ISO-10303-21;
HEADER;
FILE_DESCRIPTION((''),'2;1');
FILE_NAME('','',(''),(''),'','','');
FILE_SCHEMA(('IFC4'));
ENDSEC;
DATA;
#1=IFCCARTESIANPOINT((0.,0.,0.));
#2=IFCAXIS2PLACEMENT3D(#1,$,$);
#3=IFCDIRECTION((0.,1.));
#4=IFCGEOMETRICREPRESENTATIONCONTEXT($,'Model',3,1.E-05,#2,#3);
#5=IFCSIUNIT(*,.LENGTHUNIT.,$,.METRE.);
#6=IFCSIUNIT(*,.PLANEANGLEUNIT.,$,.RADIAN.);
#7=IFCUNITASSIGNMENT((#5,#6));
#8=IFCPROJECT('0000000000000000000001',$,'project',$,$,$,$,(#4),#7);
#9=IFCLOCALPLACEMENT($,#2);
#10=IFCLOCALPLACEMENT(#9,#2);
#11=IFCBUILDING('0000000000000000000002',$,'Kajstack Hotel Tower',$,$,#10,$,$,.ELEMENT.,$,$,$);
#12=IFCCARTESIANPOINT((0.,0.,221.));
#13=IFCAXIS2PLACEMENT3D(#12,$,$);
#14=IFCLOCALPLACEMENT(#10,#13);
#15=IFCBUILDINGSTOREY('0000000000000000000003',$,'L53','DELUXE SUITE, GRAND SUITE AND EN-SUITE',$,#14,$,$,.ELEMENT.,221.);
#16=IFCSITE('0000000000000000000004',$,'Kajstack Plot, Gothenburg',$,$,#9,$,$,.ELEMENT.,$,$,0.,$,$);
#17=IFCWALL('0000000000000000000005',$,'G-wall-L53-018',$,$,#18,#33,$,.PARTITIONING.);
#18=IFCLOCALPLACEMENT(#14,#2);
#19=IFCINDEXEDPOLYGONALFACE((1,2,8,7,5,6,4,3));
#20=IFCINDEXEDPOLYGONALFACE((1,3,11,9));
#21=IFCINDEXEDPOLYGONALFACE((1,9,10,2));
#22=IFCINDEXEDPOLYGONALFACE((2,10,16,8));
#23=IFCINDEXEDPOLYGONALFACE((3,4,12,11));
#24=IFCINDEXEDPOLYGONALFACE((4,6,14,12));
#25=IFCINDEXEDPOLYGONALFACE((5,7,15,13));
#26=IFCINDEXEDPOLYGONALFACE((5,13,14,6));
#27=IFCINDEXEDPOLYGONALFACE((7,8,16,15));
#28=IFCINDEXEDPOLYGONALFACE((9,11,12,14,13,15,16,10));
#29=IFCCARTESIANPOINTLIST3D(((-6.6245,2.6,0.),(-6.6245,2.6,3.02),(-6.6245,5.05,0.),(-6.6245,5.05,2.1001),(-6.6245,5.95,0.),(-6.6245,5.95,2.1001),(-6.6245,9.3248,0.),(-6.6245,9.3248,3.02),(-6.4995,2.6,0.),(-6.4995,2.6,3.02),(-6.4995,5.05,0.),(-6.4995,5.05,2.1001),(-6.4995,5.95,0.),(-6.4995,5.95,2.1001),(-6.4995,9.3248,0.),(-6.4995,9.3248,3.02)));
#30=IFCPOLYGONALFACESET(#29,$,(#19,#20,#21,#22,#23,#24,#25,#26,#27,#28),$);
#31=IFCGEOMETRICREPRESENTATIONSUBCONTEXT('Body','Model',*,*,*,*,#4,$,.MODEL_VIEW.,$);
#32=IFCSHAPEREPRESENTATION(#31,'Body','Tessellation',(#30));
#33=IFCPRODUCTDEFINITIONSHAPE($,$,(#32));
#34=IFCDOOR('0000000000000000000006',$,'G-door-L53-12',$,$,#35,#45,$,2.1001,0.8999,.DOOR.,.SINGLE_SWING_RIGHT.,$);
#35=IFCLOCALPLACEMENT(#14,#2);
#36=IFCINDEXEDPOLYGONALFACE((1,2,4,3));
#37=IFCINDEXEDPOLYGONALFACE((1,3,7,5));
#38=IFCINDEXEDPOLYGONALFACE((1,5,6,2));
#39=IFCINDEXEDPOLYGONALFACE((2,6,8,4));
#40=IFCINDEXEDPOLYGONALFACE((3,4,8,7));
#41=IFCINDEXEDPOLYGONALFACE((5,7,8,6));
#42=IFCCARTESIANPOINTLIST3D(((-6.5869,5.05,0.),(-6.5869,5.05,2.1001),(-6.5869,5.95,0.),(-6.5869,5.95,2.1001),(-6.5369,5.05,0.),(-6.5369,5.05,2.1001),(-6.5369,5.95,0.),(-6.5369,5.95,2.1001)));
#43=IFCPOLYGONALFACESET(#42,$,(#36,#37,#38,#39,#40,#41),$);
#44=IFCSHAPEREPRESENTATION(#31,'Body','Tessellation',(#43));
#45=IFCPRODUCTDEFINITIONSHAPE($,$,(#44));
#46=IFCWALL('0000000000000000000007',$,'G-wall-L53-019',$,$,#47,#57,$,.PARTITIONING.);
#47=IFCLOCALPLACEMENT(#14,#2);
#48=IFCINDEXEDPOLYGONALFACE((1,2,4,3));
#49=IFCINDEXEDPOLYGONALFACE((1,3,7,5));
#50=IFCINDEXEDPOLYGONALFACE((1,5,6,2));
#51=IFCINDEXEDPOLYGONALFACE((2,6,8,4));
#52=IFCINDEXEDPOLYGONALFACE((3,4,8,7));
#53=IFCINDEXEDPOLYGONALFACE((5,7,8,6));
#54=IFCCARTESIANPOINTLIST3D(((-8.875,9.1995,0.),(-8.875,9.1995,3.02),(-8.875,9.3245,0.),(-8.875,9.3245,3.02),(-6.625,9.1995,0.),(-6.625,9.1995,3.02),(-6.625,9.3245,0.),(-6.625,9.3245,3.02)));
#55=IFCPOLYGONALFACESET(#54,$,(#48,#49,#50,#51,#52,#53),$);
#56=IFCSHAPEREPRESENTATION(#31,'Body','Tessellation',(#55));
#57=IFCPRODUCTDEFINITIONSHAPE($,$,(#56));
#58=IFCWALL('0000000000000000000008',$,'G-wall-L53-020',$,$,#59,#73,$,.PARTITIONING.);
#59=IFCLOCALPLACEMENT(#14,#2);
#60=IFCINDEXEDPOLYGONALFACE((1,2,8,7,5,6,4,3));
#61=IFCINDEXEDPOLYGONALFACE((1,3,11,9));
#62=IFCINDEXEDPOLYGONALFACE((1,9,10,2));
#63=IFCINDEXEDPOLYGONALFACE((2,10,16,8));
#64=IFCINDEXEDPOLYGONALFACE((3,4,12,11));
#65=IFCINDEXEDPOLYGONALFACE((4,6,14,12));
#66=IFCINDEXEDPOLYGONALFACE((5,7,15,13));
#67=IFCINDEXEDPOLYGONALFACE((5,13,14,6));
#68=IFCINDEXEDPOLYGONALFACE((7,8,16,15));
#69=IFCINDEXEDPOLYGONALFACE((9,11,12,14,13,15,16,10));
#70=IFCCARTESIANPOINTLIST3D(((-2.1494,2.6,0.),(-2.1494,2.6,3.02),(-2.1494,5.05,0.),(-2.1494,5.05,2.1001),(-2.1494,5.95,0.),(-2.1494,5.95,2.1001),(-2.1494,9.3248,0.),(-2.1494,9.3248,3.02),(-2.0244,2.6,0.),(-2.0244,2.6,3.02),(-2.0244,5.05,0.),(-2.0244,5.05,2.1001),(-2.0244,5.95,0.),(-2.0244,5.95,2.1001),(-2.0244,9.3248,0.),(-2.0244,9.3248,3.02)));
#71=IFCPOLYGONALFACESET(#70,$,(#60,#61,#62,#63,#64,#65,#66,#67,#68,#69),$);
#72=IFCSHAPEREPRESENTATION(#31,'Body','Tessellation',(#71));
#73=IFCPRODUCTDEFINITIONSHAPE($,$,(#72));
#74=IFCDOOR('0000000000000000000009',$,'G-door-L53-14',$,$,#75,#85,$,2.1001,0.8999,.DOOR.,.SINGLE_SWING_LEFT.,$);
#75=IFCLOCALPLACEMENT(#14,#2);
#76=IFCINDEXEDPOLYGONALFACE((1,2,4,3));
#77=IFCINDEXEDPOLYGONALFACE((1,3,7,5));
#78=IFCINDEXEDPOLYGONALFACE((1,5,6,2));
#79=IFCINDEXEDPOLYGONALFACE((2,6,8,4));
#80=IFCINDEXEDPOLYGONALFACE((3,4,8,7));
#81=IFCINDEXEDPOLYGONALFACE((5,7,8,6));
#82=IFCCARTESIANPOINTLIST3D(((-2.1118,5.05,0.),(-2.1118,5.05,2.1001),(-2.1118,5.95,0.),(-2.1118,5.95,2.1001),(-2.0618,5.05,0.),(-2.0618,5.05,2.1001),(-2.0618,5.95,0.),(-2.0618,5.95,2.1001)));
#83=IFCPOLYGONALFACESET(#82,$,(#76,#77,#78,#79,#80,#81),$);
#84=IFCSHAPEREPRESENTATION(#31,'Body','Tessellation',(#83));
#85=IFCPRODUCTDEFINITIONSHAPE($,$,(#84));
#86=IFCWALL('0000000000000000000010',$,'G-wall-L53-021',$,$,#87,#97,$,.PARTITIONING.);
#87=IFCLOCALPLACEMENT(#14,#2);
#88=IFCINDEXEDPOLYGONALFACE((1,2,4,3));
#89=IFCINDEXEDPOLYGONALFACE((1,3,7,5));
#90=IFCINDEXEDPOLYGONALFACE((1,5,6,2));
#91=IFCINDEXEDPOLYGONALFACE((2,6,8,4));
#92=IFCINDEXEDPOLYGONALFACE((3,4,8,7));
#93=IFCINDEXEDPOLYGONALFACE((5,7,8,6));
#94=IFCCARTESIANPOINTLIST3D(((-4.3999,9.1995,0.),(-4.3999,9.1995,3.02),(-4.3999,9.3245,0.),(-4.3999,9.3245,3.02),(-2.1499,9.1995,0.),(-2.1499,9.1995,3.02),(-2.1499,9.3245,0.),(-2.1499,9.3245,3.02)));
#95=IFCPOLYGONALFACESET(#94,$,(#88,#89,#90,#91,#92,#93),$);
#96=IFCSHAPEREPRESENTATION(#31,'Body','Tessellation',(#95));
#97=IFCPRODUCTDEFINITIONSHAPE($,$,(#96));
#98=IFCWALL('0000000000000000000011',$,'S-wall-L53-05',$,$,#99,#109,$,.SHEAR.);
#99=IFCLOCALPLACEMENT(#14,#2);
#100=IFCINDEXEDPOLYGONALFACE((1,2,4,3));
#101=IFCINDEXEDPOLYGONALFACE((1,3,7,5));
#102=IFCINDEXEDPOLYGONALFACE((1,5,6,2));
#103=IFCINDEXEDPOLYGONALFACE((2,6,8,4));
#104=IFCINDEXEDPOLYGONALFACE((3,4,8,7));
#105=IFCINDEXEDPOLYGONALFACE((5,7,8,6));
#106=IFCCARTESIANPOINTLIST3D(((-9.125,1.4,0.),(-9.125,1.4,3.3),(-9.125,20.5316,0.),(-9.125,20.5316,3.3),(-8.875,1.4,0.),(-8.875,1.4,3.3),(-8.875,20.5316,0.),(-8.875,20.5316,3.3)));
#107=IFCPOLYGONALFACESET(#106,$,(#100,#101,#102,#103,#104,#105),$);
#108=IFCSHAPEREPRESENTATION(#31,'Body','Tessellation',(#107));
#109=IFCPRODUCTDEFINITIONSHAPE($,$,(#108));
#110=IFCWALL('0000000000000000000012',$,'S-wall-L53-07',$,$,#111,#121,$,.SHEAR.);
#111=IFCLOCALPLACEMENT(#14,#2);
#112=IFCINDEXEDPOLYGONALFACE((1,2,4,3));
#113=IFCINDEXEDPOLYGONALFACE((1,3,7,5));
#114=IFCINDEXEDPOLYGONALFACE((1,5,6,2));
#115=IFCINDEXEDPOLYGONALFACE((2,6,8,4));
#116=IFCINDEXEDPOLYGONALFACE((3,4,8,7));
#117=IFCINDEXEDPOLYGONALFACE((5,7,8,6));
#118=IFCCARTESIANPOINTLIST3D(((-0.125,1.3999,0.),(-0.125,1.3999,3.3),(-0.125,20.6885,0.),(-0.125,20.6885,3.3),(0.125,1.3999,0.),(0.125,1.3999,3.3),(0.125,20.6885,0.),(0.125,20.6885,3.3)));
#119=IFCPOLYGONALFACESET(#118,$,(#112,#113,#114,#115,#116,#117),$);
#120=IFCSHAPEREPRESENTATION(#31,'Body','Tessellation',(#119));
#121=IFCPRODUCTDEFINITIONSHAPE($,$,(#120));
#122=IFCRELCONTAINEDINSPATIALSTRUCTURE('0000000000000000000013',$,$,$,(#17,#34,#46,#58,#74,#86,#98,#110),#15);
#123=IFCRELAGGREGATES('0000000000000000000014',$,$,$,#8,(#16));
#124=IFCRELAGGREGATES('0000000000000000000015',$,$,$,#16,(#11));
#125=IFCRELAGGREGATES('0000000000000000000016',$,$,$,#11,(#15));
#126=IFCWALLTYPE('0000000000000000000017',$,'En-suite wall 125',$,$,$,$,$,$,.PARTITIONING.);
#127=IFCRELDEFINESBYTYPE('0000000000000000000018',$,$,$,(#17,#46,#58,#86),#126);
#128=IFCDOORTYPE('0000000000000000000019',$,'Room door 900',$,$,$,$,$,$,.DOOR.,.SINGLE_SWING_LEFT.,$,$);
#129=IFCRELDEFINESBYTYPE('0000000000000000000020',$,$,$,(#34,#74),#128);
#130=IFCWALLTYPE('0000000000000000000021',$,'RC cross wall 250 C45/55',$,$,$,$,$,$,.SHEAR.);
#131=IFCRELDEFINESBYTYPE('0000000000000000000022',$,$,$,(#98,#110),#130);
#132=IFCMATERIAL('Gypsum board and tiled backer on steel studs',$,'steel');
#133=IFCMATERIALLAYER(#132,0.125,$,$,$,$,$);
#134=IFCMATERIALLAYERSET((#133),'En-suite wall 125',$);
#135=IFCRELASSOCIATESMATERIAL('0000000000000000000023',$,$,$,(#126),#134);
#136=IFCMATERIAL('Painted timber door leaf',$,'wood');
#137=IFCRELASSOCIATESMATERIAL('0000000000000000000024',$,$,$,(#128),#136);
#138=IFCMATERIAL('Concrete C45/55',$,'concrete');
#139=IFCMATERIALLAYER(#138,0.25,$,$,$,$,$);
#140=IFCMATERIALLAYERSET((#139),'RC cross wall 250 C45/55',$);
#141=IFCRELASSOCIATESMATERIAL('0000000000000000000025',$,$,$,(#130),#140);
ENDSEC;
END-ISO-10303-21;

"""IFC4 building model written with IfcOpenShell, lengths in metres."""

from ifc_helpers import new_model, si_unit, direction, frame, frame_2d, origin, place, context, subcontext, project, spatial, rectangle, extrude, material, layer, layer_set, type_object, element, fill, save


model = new_model("IFC4")

# Units and contexts
model_context = context("Model", 3, precision=1e-05, world=origin(), true_north=direction((0.0, 1.0)))
body_context = subcontext(model_context, "Body", "Model", "MODEL_VIEW")
ifc_project = project(units=[si_unit("LENGTHUNIT", "METRE"), si_unit("PLANEANGLEUNIT", "RADIAN")], contexts=[model_context])

# Site, building, storey
site_placement = place(None, origin())
site = spatial("IfcSite", under=ifc_project, at=site_placement, Name="Kajstack Plot, Gothenburg", CompositionType="ELEMENT", RefElevation=0.0)
building_placement = place(site_placement, origin())
building = spatial("IfcBuilding", under=site, at=building_placement, Name="Kajstack Hotel Tower", CompositionType="ELEMENT")
storey_placement = place(building_placement, frame((0.0, 0.0, 221.0)))
storey = spatial("IfcBuildingStorey", under=building, at=storey_placement, Name="L53", Description="DELUXE SUITE, GRAND SUITE AND EN-SUITE", CompositionType="ELEMENT", Elevation=221.0)

# Shared definitions
ifc_material_1 = material(Name="Gypsum board and tiled backer on steel studs", Category="steel")
ifc_layer_1 = layer(ifc_material_1, 0.125)
ifc_layer_set_1 = layer_set([ifc_layer_1], Name="En-suite wall 125")
wall_type_1 = type_object("IfcWallType", Name="En-suite wall 125", PredefinedType="PARTITIONING", material=ifc_layer_set_1)
ifc_material_2 = material(Name="Painted timber door leaf", Category="wood")
door_type = type_object("IfcDoorType", Name="Room door 900", OperationType="SINGLE_SWING_LEFT", PredefinedType="DOOR", material=ifc_material_2)

# Wall, opening, door
wall_1_placement = place(storey_placement, frame((-6.562, 2.6001, 0.0), z_axis=(0.0, 0.0, 1.0), x_axis=(0.0, 1.0, 0.0)))
wall_1 = element("IfcWall", 1, at=wall_1_placement, inside=storey, type_object=wall_type_1, Name="G-wall-L53-018", PredefinedType="PARTITIONING", context=body_context, shape_type="SweptSolid", body=[
    extrude(rectangle(XDim=6.7249, YDim=0.125, at=frame_2d((3.3623, 0.0))), origin(), (0.0, 0.0, 1.0), 3.02),
])
opening_1_placement = place(wall_1_placement, frame((2.45, 0.0, 0.0)))
opening_1 = element("IfcOpeningElement", 2, at=opening_1_placement, cuts=wall_1, PredefinedType="OPENING", context=body_context, shape_type="SweptSolid", body=[
    extrude(rectangle(XDim=0.8999, YDim=2.1001, at=frame_2d((0.45, 1.05))), frame((0.0, 0.0725, 0.0), z_axis=(0.0, -1.0, 0.0), x_axis=(1.0, 0.0, 0.0)), (0.0, 0.0, 1.0), 0.145),
])
door_1_placement = place(opening_1_placement, origin())
door_1 = element("IfcDoor", 3, at=door_1_placement, inside=storey, type_object=door_type, Name="G-door-L53-12", OperationType="SINGLE_SWING_RIGHT", OverallHeight=2.1001, OverallWidth=0.8999, PredefinedType="DOOR", context=body_context, shape_type="SweptSolid", body=[
    extrude(rectangle(XDim=0.8999, YDim=2.1001, at=frame_2d((0.45, 1.05))), frame((0.0, 0.0249, 0.0), z_axis=(0.0, -1.0, 0.0), x_axis=(1.0, 0.0, 0.0)), (0.0, 0.0, 1.0), 0.05),
])
fill(opening_1, door_1)

# Wall
wall_2_placement = place(storey_placement, frame((-8.875, 9.262, 0.0), z_axis=(0.0, 0.0, 1.0), x_axis=(1.0, 0.0, 0.0)))
element("IfcWall", 4, at=wall_2_placement, inside=storey, type_object=wall_type_1, Name="G-wall-L53-019", PredefinedType="PARTITIONING", context=body_context, shape_type="SweptSolid", body=[
    extrude(rectangle(XDim=2.25, YDim=0.125, at=frame_2d((1.125, 0.0))), origin(), (0.0, 0.0, 1.0), 3.02),
])

# Wall, opening, door
wall_3_placement = place(storey_placement, frame((-2.0869, 2.6001, 0.0), z_axis=(0.0, 0.0, 1.0), x_axis=(0.0, 1.0, 0.0)))
wall_3 = element("IfcWall", 5, at=wall_3_placement, inside=storey, type_object=wall_type_1, Name="G-wall-L53-020", PredefinedType="PARTITIONING", context=body_context, shape_type="SweptSolid", body=[
    extrude(rectangle(XDim=6.7249, YDim=0.125, at=frame_2d((3.3623, 0.0))), origin(), (0.0, 0.0, 1.0), 3.02),
])
opening_2_placement = place(wall_3_placement, frame((2.45, 0.0, 0.0)))
opening_2 = element("IfcOpeningElement", 6, at=opening_2_placement, cuts=wall_3, PredefinedType="OPENING", context=body_context, shape_type="SweptSolid", body=[
    extrude(rectangle(XDim=0.8999, YDim=2.1001, at=frame_2d((0.45, 1.05))), frame((0.0, 0.0725, 0.0), z_axis=(0.0, -1.0, 0.0), x_axis=(1.0, 0.0, 0.0)), (0.0, 0.0, 1.0), 0.145),
])
door_2_placement = place(opening_2_placement, origin())
door_2 = element("IfcDoor", 7, at=door_2_placement, inside=storey, type_object=door_type, Name="G-door-L53-14", OperationType="SINGLE_SWING_LEFT", OverallHeight=2.1001, OverallWidth=0.8999, PredefinedType="DOOR", context=body_context, shape_type="SweptSolid", body=[
    extrude(rectangle(XDim=0.8999, YDim=2.1001, at=frame_2d((0.45, 1.05))), frame((0.0, 0.0249, 0.0), z_axis=(0.0, -1.0, 0.0), x_axis=(1.0, 0.0, 0.0)), (0.0, 0.0, 1.0), 0.05),
])
fill(opening_2, door_2)

# Walls
wall_4_placement = place(storey_placement, frame((-4.3999, 9.262, 0.0), z_axis=(0.0, 0.0, 1.0), x_axis=(1.0, 0.0, 0.0)))
element("IfcWall", 8, at=wall_4_placement, inside=storey, type_object=wall_type_1, Name="G-wall-L53-021", PredefinedType="PARTITIONING", context=body_context, shape_type="SweptSolid", body=[
    extrude(rectangle(XDim=2.25, YDim=0.125, at=frame_2d((1.125, 0.0))), origin(), (0.0, 0.0, 1.0), 3.02),
])
ifc_material_3 = material(Name="Concrete C45/55", Category="concrete")
ifc_layer_2 = layer(ifc_material_3, 0.25)
ifc_layer_set_2 = layer_set([ifc_layer_2], Name="RC cross wall 250 C45/55")
wall_type_2 = type_object("IfcWallType", Name="RC cross wall 250 C45/55", PredefinedType="SHEAR", material=ifc_layer_set_2)
wall_5_placement = place(storey_placement, frame((-9.0, 1.3999, 0.0), z_axis=(0.0, 0.0, 1.0), x_axis=(0.0, 1.0, 0.0)))
element("IfcWall", 9, at=wall_5_placement, inside=storey, type_object=wall_type_2, Name="S-wall-L53-05", PredefinedType="SHEAR", context=body_context, shape_type="SweptSolid", body=[
    extrude(rectangle(XDim=19.1316, YDim=0.25, at=frame_2d((9.5659, 0.0))), origin(), (0.0, 0.0, 1.0), 3.3),
])
wall_6_placement = place(storey_placement, frame((0.0, 1.3999, 0.0), z_axis=(0.0, 0.0, 1.0), x_axis=(0.0, 1.0, 0.0)))
element("IfcWall", 10, at=wall_6_placement, inside=storey, type_object=wall_type_2, Name="S-wall-L53-07", PredefinedType="SHEAR", context=body_context, shape_type="SweptSolid", body=[
    extrude(rectangle(XDim=19.2886, YDim=0.25, at=frame_2d((9.6443, 0.0))), origin(), (0.0, 0.0, 1.0), 3.3),
])

save(model, "model.ifc")
